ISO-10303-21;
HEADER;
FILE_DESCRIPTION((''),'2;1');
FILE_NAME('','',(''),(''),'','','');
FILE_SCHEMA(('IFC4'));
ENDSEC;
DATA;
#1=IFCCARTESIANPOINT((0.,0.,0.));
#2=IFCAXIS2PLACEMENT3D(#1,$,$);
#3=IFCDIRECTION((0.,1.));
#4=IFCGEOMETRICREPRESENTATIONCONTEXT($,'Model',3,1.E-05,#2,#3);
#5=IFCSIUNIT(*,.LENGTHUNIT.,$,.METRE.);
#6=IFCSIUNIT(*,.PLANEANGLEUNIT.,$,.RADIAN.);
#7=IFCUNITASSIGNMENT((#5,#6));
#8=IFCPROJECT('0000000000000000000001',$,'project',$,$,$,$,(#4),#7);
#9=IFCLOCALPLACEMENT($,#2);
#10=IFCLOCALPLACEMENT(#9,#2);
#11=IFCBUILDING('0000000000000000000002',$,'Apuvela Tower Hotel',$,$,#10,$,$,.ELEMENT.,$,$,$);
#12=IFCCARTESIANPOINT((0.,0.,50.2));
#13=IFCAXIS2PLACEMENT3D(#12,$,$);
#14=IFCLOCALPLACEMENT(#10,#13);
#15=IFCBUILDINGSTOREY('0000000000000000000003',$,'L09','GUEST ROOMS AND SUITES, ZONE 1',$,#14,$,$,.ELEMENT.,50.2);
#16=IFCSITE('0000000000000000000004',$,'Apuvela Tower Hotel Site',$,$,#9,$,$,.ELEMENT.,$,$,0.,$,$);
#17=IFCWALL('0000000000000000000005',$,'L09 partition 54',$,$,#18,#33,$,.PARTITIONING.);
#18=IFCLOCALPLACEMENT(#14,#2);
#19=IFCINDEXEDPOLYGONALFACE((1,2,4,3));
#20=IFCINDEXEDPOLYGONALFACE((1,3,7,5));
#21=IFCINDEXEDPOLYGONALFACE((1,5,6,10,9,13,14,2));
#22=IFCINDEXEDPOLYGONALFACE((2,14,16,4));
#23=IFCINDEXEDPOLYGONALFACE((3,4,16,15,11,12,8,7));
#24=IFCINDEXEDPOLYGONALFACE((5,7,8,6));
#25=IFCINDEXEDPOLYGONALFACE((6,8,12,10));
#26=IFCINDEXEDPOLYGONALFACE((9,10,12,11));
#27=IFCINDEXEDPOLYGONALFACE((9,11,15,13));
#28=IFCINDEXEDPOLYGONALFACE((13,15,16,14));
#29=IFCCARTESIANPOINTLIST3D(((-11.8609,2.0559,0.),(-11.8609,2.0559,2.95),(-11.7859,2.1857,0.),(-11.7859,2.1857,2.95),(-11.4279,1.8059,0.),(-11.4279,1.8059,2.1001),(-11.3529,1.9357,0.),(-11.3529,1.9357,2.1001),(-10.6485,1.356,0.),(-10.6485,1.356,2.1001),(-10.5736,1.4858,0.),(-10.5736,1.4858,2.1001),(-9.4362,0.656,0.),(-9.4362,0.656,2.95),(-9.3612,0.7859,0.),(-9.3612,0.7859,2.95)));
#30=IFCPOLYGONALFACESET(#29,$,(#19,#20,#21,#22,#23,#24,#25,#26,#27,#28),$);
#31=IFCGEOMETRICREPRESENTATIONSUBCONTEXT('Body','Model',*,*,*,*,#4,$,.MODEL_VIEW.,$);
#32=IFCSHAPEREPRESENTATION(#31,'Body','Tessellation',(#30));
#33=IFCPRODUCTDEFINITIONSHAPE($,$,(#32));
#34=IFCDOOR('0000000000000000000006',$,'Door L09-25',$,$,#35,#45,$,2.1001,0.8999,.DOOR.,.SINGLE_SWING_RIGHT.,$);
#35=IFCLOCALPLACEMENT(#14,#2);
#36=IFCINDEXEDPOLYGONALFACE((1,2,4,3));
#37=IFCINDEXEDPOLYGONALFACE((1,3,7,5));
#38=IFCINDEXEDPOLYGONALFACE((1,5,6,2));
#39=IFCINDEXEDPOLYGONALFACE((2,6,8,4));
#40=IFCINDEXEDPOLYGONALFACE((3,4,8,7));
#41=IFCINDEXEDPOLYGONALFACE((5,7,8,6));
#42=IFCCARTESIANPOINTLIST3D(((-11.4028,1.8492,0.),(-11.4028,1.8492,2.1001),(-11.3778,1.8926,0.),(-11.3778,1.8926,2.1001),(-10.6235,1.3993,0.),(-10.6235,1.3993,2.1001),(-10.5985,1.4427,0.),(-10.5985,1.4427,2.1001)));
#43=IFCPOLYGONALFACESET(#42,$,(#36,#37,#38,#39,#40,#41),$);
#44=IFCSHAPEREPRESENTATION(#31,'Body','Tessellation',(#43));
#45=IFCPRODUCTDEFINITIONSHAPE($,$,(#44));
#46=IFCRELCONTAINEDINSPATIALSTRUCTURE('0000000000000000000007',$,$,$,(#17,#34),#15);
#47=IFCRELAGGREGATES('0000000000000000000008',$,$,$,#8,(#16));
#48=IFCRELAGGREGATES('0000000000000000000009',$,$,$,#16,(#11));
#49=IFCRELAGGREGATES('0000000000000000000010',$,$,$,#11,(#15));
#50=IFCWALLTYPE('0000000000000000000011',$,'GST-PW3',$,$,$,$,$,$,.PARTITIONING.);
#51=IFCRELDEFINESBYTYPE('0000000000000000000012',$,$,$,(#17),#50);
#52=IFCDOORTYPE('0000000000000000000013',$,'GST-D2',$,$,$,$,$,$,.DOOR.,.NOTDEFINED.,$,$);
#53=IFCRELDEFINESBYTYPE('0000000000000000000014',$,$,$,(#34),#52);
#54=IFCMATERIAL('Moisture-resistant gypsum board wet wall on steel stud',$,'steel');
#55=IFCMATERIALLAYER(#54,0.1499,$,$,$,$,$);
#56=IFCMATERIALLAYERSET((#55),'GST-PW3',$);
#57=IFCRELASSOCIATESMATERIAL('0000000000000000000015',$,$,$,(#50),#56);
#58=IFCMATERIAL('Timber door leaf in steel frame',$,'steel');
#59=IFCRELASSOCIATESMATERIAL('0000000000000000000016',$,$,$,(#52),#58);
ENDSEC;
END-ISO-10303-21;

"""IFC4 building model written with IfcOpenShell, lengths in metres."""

from ifc_helpers import new_model, si_unit, direction, frame, frame_2d, origin, place, context, subcontext, project, spatial, rectangle, extrude, material, layer, layer_set, type_object, element, fill, save


model = new_model("IFC4")

# Units and contexts
model_context = context("Model", 3, precision=1e-05, world=origin(), true_north=direction((0.0, 1.0)))
body_context = subcontext(model_context, "Body", "Model", "MODEL_VIEW")
ifc_project = project(units=[si_unit("LENGTHUNIT", "METRE"), si_unit("PLANEANGLEUNIT", "RADIAN")], contexts=[model_context])

# Site, building, storey
site_placement = place(None, origin())
site = spatial("IfcSite", under=ifc_project, at=site_placement, Name="Apuvela Tower Hotel Site", CompositionType="ELEMENT", RefElevation=0.0)
building_placement = place(site_placement, origin())
building = spatial("IfcBuilding", under=site, at=building_placement, Name="Apuvela Tower Hotel", CompositionType="ELEMENT")
storey_placement = place(building_placement, frame((0.0, 0.0, 50.2)))
storey = spatial("IfcBuildingStorey", under=building, at=storey_placement, Name="L09", Description="GUEST ROOMS AND SUITES, ZONE 1", CompositionType="ELEMENT", Elevation=50.2)

# Shared definitions
ifc_material_1 = material(Name="Timber door leaf in steel frame", Category="steel")
ifc_material_2 = material(Name="Moisture-resistant gypsum board wet wall on steel stud", Category="steel")
ifc_layer_1 = layer(ifc_material_2, 0.1499)
ifc_layer_set_1 = layer_set([ifc_layer_1], Name="GST-PW3")
wall_type_1 = type_object("IfcWallType", Name="GST-PW3", PredefinedType="PARTITIONING", material=ifc_layer_set_1)
door_type_1 = type_object("IfcDoorType", Name="GST-D2", OperationType="NOTDEFINED", PredefinedType="DOOR", material=ifc_material_1)

# Wall, opening, door
wall_1_placement = place(storey_placement, frame((-9.3987, 0.7209, 0.0), z_axis=(0.0, 0.0, 1.0), x_axis=(-0.866035, 0.499984, 0.0)))
wall_1 = element("IfcWall", 1, at=wall_1_placement, inside=storey, type_object=wall_type_1, Name="L09 partition 54", PredefinedType="PARTITIONING", context=body_context, shape_type="SweptSolid", body=[
    extrude(rectangle(XDim=2.7998, YDim=0.1499, at=frame_2d((1.3999, 0.0))), origin(), (0.0, 0.0, 1.0), 2.95),
])
opening_1_placement = place(wall_1_placement, frame((1.3999, 0.0, 0.0)))
opening_1 = element("IfcOpeningElement", 2, at=opening_1_placement, cuts=wall_1, PredefinedType="OPENING", context=body_context, shape_type="SweptSolid", body=[
    extrude(rectangle(XDim=0.8999, YDim=2.1001, at=frame_2d((0.45, 1.05))), frame((0.0, 0.085, 0.0), z_axis=(0.0, -1.0, 0.0), x_axis=(1.0, 0.0, 0.0)), (0.0, 0.0, 1.0), 0.1699),
])
door_1_placement = place(opening_1_placement, origin())
door_1 = element("IfcDoor", 3, at=door_1_placement, inside=storey, type_object=door_type_1, Name="Door L09-25", OperationType="SINGLE_SWING_RIGHT", OverallHeight=2.1001, OverallWidth=0.8999, PredefinedType="DOOR", context=body_context, shape_type="SweptSolid", body=[
    extrude(rectangle(XDim=0.8999, YDim=2.1001, at=frame_2d((0.45, 1.05))), frame((0.0, 0.0249, 0.0), z_axis=(0.0, -1.0, 0.0), x_axis=(1.0, 0.0, 0.0)), (0.0, 0.0, 1.0), 0.05),
])
fill(opening_1, door_1)

save(model, "model.ifc")
